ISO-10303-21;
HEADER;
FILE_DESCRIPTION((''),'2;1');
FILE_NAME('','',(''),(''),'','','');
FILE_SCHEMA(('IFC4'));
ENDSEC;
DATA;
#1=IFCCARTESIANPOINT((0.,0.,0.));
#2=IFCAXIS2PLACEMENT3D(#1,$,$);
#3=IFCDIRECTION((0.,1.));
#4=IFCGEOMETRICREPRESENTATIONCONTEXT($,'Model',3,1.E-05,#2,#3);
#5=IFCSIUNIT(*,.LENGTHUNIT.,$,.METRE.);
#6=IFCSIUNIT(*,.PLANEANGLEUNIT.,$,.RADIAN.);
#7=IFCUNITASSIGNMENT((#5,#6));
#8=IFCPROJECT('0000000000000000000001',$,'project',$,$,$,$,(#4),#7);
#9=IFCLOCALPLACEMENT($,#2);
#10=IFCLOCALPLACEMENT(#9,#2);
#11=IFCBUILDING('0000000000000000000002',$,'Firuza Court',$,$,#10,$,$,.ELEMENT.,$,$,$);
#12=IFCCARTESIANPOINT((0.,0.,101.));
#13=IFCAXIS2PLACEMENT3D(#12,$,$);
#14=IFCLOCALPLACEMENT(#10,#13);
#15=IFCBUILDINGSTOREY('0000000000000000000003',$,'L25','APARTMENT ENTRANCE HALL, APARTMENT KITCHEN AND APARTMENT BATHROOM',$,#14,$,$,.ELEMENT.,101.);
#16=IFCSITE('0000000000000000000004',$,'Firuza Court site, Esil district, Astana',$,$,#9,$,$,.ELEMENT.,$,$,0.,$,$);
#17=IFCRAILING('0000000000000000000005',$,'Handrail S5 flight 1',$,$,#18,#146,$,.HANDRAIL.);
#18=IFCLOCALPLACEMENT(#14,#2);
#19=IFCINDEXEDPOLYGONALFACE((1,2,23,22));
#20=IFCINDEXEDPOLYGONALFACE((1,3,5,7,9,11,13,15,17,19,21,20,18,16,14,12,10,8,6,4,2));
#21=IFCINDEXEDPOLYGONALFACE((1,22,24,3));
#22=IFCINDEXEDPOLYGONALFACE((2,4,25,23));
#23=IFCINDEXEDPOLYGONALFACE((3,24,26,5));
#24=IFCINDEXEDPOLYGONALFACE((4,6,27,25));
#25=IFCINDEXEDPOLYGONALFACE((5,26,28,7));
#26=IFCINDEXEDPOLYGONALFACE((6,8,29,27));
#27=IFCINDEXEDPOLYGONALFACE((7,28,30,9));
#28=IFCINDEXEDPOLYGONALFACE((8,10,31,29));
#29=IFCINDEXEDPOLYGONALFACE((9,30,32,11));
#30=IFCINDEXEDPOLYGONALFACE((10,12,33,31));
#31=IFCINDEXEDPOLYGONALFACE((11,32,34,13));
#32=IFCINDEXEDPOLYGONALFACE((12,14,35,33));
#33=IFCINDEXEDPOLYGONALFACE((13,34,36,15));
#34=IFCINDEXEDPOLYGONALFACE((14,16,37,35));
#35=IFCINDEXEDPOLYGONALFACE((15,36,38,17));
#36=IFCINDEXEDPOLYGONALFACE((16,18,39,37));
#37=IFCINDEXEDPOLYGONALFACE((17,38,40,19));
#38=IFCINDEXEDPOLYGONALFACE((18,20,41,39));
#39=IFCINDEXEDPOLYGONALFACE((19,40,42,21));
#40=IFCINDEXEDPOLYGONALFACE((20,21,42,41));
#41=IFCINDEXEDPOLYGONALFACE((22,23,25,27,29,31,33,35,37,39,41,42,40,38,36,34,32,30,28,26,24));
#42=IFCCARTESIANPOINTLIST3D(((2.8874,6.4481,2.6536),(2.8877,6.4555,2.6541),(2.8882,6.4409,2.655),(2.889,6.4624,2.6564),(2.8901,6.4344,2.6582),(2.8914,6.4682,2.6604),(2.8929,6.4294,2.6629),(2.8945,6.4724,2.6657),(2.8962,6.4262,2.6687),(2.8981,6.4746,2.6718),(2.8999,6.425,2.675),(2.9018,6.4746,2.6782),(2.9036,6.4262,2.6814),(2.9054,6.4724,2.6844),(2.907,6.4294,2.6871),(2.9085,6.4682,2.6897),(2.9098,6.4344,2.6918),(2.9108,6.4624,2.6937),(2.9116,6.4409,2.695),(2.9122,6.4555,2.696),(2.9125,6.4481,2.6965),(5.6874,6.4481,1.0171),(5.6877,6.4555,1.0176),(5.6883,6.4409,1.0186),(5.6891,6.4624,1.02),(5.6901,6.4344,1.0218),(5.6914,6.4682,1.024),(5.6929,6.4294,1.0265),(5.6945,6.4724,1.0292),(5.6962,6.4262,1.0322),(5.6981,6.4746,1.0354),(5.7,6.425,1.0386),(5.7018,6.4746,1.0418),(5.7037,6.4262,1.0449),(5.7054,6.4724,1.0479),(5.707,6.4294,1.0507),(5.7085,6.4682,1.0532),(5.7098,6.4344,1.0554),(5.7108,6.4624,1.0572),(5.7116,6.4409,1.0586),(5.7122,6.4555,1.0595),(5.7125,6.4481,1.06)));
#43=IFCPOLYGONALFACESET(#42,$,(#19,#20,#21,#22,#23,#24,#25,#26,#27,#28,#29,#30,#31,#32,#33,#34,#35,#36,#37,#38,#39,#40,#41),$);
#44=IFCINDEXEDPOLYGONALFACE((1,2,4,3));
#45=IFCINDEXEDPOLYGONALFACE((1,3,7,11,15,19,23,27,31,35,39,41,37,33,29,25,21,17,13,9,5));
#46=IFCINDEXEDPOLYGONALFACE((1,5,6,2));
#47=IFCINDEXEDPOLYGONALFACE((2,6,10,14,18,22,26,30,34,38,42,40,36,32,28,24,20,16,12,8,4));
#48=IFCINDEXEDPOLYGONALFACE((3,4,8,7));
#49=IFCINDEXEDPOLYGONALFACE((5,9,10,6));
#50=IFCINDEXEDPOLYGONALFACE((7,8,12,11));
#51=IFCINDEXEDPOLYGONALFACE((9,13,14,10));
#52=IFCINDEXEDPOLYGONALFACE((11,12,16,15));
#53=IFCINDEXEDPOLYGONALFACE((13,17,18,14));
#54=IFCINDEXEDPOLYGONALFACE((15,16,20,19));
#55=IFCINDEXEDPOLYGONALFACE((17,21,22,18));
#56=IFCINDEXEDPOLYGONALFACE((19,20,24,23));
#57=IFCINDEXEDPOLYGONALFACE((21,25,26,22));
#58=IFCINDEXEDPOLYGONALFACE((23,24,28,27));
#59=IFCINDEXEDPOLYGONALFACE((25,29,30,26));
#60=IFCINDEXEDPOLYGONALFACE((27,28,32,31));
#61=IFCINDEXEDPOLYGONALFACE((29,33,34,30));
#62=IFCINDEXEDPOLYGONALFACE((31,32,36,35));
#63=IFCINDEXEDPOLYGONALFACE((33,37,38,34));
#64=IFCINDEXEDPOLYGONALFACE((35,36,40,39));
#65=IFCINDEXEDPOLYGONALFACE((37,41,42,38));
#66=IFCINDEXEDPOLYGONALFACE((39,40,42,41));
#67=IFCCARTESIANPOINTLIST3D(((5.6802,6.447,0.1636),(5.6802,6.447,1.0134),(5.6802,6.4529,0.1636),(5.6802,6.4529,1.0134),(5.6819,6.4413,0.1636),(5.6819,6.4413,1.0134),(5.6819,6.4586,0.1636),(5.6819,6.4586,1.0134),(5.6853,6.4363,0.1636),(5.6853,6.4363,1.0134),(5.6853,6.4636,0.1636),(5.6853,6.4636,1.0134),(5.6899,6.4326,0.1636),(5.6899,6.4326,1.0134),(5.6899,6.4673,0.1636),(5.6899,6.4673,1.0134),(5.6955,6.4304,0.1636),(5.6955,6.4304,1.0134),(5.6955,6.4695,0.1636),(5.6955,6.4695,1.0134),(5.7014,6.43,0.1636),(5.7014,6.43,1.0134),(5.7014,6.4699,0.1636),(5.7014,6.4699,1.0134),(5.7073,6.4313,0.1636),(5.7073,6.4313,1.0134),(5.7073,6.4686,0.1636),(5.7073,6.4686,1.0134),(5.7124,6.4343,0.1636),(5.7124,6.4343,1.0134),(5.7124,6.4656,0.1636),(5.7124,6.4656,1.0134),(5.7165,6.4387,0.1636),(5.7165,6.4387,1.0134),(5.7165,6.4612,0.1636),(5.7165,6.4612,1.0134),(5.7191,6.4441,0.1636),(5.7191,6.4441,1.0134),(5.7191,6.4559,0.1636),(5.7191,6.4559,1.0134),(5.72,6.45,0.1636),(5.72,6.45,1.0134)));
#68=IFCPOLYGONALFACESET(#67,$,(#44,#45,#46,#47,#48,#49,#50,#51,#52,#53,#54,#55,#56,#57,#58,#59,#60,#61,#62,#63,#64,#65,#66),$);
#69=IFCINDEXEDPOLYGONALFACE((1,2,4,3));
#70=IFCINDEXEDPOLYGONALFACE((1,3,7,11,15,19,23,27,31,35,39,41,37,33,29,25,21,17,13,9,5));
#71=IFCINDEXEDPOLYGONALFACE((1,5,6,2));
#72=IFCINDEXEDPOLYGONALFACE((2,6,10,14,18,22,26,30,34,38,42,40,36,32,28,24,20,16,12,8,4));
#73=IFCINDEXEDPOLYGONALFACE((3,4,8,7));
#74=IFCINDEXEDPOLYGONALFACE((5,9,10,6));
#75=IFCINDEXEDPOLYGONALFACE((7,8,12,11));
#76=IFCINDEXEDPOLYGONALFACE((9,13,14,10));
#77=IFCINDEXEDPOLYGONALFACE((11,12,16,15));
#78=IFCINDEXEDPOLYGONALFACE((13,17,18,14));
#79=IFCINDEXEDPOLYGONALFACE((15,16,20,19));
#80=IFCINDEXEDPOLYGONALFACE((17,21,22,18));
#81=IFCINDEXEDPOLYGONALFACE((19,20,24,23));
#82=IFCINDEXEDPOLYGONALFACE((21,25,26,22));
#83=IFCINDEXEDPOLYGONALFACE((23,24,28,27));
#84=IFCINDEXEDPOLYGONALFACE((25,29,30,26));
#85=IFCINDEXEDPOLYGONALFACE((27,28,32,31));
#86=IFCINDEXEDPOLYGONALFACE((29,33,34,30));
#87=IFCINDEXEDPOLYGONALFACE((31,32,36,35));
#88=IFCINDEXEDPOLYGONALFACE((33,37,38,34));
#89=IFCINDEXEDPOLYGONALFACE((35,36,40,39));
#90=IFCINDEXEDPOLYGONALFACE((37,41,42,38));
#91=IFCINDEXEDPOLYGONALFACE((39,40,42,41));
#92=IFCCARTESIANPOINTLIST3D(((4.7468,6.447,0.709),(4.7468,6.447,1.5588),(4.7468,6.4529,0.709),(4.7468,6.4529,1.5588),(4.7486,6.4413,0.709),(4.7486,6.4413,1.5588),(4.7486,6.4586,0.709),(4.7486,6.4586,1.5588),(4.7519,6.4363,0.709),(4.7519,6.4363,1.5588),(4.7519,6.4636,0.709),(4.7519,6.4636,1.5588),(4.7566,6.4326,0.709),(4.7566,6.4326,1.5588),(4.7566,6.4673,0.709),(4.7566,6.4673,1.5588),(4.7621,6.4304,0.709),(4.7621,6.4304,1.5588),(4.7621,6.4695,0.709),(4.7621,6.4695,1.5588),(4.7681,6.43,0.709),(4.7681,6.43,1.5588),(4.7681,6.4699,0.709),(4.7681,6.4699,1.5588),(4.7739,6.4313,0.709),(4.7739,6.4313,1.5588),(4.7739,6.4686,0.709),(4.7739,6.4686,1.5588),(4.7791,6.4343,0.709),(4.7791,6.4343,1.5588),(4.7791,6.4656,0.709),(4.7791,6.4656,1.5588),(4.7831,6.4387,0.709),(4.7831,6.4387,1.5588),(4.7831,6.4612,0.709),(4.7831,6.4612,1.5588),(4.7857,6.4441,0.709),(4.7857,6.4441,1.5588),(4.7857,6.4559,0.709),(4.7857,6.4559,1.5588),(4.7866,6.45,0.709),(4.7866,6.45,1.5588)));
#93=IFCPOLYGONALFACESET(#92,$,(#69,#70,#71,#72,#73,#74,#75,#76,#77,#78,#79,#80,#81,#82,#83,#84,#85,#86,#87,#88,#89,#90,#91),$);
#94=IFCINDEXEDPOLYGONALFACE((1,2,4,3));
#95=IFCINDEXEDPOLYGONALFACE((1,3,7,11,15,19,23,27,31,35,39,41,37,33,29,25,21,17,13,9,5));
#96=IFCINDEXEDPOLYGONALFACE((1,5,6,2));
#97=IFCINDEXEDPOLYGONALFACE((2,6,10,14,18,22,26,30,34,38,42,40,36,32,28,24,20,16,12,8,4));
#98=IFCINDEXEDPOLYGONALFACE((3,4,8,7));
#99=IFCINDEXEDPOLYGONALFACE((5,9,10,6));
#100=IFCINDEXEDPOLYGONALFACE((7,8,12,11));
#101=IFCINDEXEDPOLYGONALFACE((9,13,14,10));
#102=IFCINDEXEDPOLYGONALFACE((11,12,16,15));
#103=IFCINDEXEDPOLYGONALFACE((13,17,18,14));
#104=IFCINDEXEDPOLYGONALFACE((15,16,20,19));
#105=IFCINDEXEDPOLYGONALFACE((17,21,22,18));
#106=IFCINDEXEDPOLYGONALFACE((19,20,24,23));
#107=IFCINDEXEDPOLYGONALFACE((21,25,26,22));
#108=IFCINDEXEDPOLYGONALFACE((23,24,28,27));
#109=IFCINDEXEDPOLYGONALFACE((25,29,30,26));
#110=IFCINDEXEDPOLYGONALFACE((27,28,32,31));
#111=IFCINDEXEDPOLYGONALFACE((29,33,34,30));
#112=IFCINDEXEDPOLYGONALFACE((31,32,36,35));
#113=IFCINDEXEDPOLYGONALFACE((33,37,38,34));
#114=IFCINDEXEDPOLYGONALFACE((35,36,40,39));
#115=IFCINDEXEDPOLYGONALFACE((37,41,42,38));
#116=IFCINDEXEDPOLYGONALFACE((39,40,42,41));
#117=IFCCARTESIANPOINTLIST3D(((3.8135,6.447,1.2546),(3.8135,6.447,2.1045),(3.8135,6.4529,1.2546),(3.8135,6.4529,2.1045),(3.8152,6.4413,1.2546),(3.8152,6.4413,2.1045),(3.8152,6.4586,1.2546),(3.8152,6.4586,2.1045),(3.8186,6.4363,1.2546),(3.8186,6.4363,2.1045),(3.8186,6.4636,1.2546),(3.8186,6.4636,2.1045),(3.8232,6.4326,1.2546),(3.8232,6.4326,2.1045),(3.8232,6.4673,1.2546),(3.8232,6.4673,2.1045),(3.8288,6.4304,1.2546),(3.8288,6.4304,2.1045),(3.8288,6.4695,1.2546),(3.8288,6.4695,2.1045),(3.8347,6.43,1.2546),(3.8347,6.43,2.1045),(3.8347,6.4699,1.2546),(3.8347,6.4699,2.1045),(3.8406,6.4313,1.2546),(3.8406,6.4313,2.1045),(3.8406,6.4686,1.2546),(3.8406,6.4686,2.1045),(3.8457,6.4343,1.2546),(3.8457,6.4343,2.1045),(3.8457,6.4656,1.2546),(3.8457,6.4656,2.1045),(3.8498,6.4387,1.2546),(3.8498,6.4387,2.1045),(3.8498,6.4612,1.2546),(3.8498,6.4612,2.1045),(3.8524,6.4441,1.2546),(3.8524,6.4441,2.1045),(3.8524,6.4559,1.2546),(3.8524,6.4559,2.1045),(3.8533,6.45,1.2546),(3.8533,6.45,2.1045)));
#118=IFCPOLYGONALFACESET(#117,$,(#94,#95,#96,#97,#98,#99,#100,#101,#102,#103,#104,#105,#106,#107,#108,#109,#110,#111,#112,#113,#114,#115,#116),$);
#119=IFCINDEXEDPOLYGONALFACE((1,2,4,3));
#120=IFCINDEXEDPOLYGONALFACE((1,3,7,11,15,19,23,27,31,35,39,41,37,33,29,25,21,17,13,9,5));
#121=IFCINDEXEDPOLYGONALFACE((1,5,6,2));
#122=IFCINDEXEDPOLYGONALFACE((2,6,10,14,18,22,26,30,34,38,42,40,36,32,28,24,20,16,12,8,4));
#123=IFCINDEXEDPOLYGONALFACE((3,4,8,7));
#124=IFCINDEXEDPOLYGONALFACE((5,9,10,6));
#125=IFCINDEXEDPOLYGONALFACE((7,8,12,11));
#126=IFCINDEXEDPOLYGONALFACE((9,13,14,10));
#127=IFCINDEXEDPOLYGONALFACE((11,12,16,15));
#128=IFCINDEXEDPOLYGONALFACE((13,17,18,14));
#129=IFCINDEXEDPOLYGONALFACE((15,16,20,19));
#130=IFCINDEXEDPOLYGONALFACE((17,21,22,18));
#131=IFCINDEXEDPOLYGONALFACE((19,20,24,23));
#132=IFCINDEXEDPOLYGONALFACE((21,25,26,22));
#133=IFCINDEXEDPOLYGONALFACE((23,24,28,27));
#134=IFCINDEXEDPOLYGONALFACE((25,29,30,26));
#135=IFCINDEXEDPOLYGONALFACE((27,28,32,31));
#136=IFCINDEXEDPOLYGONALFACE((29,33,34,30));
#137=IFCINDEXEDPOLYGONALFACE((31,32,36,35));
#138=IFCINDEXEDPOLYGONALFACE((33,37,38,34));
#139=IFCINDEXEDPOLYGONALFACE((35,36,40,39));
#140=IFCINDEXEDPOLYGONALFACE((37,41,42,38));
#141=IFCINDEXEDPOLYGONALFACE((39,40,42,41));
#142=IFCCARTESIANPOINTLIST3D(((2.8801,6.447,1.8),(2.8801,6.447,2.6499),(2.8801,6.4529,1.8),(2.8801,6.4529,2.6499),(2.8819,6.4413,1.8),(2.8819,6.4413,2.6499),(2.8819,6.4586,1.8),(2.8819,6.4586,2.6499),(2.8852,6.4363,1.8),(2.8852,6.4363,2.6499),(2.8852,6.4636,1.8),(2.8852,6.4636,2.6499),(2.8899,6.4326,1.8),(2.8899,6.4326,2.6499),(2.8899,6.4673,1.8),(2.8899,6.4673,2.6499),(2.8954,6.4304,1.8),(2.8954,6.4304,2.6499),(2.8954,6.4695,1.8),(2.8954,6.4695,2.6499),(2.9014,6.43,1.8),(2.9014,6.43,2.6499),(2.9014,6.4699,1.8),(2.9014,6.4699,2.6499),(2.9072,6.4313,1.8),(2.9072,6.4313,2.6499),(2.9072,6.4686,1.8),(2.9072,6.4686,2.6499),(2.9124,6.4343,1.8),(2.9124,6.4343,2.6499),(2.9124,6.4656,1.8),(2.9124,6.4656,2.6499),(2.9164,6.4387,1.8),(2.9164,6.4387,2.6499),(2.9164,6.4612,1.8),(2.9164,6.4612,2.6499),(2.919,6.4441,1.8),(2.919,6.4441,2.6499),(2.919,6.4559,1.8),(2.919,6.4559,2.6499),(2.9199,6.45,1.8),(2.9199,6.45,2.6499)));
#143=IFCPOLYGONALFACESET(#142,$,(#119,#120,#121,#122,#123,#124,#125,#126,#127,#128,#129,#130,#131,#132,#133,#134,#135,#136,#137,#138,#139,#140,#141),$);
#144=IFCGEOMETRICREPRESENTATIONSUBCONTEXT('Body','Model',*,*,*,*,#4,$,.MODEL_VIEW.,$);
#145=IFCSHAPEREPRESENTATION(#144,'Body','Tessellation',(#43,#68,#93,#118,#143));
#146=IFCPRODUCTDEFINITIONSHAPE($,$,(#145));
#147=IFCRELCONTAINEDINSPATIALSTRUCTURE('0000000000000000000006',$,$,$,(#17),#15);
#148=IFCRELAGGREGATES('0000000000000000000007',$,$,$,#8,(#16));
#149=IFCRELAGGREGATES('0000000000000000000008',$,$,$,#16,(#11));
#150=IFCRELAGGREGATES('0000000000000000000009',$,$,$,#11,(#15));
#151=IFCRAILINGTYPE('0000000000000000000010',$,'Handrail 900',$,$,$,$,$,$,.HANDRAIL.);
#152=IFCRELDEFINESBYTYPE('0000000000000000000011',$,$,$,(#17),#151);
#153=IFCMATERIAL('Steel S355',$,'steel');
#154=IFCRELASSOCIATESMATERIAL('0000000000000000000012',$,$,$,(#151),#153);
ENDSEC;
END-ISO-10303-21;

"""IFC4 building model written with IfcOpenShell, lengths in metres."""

from ifc_helpers import new_model, si_unit, direction, frame, origin, origin_2d, place, context, subcontext, project, spatial, circle, extrude, material, type_object, element, save


model = new_model("IFC4")

# Units and contexts
model_context = context("Model", 3, precision=1e-05, world=origin(), true_north=direction((0.0, 1.0)))
body_context = subcontext(model_context, "Body", "Model", "MODEL_VIEW")
ifc_project = project(units=[si_unit("LENGTHUNIT", "METRE"), si_unit("PLANEANGLEUNIT", "RADIAN")], contexts=[model_context])

# Site, building, storey
site_placement = place(None, origin())
site = spatial("IfcSite", under=ifc_project, at=site_placement, Name="Firuza Court site, Esil district, Astana", CompositionType="ELEMENT", RefElevation=0.0)
building_placement = place(site_placement, origin())
building = spatial("IfcBuilding", under=site, at=building_placement, Name="Firuza Court", CompositionType="ELEMENT")
storey_placement = place(building_placement, frame((0.0, 0.0, 101.0)))
storey = spatial("IfcBuildingStorey", under=building, at=storey_placement, Name="L25", Description="APARTMENT ENTRANCE HALL, APARTMENT KITCHEN AND APARTMENT BATHROOM", CompositionType="ELEMENT", Elevation=101.0)

# Railing
ifc_material_1 = material(Name="Steel S355", Category="steel")
railing_type_1 = type_object("IfcRailingType", Name="Handrail 900", PredefinedType="HANDRAIL", material=ifc_material_1)
railing_1_placement = place(storey_placement, frame((5.7, 6.45, 0.1636)))
element("IfcRailing", 1, at=railing_1_placement, inside=storey, type_object=railing_type_1, Name="Handrail S5 flight 1", PredefinedType="HANDRAIL", context=body_context, shape_type="SweptSolid", body=[
    extrude(circle(Radius=0.0249, at=origin_2d()), frame((0.0, 0.0, 0.875), z_axis=(-0.863361, 0.0, 0.504587), x_axis=(0.0, -1.0, 0.0)), (0.0, 0.0, 1.0), 3.2432),
    extrude(circle(Radius=0.02, at=origin_2d()), origin(), (0.0, 0.0, 1.0), 0.8499),
    extrude(circle(Radius=0.02, at=origin_2d()), frame((-0.9333, 0.0, 0.5454)), (0.0, 0.0, 1.0), 0.8499),
    extrude(circle(Radius=0.02, at=origin_2d()), frame((-1.8667, 0.0, 1.0911)), (0.0, 0.0, 1.0), 0.8499),
    extrude(circle(Radius=0.02, at=origin_2d()), frame((-2.8, 0.0, 1.6365)), (0.0, 0.0, 1.0), 0.8499),
])

save(model, "model.ifc")
